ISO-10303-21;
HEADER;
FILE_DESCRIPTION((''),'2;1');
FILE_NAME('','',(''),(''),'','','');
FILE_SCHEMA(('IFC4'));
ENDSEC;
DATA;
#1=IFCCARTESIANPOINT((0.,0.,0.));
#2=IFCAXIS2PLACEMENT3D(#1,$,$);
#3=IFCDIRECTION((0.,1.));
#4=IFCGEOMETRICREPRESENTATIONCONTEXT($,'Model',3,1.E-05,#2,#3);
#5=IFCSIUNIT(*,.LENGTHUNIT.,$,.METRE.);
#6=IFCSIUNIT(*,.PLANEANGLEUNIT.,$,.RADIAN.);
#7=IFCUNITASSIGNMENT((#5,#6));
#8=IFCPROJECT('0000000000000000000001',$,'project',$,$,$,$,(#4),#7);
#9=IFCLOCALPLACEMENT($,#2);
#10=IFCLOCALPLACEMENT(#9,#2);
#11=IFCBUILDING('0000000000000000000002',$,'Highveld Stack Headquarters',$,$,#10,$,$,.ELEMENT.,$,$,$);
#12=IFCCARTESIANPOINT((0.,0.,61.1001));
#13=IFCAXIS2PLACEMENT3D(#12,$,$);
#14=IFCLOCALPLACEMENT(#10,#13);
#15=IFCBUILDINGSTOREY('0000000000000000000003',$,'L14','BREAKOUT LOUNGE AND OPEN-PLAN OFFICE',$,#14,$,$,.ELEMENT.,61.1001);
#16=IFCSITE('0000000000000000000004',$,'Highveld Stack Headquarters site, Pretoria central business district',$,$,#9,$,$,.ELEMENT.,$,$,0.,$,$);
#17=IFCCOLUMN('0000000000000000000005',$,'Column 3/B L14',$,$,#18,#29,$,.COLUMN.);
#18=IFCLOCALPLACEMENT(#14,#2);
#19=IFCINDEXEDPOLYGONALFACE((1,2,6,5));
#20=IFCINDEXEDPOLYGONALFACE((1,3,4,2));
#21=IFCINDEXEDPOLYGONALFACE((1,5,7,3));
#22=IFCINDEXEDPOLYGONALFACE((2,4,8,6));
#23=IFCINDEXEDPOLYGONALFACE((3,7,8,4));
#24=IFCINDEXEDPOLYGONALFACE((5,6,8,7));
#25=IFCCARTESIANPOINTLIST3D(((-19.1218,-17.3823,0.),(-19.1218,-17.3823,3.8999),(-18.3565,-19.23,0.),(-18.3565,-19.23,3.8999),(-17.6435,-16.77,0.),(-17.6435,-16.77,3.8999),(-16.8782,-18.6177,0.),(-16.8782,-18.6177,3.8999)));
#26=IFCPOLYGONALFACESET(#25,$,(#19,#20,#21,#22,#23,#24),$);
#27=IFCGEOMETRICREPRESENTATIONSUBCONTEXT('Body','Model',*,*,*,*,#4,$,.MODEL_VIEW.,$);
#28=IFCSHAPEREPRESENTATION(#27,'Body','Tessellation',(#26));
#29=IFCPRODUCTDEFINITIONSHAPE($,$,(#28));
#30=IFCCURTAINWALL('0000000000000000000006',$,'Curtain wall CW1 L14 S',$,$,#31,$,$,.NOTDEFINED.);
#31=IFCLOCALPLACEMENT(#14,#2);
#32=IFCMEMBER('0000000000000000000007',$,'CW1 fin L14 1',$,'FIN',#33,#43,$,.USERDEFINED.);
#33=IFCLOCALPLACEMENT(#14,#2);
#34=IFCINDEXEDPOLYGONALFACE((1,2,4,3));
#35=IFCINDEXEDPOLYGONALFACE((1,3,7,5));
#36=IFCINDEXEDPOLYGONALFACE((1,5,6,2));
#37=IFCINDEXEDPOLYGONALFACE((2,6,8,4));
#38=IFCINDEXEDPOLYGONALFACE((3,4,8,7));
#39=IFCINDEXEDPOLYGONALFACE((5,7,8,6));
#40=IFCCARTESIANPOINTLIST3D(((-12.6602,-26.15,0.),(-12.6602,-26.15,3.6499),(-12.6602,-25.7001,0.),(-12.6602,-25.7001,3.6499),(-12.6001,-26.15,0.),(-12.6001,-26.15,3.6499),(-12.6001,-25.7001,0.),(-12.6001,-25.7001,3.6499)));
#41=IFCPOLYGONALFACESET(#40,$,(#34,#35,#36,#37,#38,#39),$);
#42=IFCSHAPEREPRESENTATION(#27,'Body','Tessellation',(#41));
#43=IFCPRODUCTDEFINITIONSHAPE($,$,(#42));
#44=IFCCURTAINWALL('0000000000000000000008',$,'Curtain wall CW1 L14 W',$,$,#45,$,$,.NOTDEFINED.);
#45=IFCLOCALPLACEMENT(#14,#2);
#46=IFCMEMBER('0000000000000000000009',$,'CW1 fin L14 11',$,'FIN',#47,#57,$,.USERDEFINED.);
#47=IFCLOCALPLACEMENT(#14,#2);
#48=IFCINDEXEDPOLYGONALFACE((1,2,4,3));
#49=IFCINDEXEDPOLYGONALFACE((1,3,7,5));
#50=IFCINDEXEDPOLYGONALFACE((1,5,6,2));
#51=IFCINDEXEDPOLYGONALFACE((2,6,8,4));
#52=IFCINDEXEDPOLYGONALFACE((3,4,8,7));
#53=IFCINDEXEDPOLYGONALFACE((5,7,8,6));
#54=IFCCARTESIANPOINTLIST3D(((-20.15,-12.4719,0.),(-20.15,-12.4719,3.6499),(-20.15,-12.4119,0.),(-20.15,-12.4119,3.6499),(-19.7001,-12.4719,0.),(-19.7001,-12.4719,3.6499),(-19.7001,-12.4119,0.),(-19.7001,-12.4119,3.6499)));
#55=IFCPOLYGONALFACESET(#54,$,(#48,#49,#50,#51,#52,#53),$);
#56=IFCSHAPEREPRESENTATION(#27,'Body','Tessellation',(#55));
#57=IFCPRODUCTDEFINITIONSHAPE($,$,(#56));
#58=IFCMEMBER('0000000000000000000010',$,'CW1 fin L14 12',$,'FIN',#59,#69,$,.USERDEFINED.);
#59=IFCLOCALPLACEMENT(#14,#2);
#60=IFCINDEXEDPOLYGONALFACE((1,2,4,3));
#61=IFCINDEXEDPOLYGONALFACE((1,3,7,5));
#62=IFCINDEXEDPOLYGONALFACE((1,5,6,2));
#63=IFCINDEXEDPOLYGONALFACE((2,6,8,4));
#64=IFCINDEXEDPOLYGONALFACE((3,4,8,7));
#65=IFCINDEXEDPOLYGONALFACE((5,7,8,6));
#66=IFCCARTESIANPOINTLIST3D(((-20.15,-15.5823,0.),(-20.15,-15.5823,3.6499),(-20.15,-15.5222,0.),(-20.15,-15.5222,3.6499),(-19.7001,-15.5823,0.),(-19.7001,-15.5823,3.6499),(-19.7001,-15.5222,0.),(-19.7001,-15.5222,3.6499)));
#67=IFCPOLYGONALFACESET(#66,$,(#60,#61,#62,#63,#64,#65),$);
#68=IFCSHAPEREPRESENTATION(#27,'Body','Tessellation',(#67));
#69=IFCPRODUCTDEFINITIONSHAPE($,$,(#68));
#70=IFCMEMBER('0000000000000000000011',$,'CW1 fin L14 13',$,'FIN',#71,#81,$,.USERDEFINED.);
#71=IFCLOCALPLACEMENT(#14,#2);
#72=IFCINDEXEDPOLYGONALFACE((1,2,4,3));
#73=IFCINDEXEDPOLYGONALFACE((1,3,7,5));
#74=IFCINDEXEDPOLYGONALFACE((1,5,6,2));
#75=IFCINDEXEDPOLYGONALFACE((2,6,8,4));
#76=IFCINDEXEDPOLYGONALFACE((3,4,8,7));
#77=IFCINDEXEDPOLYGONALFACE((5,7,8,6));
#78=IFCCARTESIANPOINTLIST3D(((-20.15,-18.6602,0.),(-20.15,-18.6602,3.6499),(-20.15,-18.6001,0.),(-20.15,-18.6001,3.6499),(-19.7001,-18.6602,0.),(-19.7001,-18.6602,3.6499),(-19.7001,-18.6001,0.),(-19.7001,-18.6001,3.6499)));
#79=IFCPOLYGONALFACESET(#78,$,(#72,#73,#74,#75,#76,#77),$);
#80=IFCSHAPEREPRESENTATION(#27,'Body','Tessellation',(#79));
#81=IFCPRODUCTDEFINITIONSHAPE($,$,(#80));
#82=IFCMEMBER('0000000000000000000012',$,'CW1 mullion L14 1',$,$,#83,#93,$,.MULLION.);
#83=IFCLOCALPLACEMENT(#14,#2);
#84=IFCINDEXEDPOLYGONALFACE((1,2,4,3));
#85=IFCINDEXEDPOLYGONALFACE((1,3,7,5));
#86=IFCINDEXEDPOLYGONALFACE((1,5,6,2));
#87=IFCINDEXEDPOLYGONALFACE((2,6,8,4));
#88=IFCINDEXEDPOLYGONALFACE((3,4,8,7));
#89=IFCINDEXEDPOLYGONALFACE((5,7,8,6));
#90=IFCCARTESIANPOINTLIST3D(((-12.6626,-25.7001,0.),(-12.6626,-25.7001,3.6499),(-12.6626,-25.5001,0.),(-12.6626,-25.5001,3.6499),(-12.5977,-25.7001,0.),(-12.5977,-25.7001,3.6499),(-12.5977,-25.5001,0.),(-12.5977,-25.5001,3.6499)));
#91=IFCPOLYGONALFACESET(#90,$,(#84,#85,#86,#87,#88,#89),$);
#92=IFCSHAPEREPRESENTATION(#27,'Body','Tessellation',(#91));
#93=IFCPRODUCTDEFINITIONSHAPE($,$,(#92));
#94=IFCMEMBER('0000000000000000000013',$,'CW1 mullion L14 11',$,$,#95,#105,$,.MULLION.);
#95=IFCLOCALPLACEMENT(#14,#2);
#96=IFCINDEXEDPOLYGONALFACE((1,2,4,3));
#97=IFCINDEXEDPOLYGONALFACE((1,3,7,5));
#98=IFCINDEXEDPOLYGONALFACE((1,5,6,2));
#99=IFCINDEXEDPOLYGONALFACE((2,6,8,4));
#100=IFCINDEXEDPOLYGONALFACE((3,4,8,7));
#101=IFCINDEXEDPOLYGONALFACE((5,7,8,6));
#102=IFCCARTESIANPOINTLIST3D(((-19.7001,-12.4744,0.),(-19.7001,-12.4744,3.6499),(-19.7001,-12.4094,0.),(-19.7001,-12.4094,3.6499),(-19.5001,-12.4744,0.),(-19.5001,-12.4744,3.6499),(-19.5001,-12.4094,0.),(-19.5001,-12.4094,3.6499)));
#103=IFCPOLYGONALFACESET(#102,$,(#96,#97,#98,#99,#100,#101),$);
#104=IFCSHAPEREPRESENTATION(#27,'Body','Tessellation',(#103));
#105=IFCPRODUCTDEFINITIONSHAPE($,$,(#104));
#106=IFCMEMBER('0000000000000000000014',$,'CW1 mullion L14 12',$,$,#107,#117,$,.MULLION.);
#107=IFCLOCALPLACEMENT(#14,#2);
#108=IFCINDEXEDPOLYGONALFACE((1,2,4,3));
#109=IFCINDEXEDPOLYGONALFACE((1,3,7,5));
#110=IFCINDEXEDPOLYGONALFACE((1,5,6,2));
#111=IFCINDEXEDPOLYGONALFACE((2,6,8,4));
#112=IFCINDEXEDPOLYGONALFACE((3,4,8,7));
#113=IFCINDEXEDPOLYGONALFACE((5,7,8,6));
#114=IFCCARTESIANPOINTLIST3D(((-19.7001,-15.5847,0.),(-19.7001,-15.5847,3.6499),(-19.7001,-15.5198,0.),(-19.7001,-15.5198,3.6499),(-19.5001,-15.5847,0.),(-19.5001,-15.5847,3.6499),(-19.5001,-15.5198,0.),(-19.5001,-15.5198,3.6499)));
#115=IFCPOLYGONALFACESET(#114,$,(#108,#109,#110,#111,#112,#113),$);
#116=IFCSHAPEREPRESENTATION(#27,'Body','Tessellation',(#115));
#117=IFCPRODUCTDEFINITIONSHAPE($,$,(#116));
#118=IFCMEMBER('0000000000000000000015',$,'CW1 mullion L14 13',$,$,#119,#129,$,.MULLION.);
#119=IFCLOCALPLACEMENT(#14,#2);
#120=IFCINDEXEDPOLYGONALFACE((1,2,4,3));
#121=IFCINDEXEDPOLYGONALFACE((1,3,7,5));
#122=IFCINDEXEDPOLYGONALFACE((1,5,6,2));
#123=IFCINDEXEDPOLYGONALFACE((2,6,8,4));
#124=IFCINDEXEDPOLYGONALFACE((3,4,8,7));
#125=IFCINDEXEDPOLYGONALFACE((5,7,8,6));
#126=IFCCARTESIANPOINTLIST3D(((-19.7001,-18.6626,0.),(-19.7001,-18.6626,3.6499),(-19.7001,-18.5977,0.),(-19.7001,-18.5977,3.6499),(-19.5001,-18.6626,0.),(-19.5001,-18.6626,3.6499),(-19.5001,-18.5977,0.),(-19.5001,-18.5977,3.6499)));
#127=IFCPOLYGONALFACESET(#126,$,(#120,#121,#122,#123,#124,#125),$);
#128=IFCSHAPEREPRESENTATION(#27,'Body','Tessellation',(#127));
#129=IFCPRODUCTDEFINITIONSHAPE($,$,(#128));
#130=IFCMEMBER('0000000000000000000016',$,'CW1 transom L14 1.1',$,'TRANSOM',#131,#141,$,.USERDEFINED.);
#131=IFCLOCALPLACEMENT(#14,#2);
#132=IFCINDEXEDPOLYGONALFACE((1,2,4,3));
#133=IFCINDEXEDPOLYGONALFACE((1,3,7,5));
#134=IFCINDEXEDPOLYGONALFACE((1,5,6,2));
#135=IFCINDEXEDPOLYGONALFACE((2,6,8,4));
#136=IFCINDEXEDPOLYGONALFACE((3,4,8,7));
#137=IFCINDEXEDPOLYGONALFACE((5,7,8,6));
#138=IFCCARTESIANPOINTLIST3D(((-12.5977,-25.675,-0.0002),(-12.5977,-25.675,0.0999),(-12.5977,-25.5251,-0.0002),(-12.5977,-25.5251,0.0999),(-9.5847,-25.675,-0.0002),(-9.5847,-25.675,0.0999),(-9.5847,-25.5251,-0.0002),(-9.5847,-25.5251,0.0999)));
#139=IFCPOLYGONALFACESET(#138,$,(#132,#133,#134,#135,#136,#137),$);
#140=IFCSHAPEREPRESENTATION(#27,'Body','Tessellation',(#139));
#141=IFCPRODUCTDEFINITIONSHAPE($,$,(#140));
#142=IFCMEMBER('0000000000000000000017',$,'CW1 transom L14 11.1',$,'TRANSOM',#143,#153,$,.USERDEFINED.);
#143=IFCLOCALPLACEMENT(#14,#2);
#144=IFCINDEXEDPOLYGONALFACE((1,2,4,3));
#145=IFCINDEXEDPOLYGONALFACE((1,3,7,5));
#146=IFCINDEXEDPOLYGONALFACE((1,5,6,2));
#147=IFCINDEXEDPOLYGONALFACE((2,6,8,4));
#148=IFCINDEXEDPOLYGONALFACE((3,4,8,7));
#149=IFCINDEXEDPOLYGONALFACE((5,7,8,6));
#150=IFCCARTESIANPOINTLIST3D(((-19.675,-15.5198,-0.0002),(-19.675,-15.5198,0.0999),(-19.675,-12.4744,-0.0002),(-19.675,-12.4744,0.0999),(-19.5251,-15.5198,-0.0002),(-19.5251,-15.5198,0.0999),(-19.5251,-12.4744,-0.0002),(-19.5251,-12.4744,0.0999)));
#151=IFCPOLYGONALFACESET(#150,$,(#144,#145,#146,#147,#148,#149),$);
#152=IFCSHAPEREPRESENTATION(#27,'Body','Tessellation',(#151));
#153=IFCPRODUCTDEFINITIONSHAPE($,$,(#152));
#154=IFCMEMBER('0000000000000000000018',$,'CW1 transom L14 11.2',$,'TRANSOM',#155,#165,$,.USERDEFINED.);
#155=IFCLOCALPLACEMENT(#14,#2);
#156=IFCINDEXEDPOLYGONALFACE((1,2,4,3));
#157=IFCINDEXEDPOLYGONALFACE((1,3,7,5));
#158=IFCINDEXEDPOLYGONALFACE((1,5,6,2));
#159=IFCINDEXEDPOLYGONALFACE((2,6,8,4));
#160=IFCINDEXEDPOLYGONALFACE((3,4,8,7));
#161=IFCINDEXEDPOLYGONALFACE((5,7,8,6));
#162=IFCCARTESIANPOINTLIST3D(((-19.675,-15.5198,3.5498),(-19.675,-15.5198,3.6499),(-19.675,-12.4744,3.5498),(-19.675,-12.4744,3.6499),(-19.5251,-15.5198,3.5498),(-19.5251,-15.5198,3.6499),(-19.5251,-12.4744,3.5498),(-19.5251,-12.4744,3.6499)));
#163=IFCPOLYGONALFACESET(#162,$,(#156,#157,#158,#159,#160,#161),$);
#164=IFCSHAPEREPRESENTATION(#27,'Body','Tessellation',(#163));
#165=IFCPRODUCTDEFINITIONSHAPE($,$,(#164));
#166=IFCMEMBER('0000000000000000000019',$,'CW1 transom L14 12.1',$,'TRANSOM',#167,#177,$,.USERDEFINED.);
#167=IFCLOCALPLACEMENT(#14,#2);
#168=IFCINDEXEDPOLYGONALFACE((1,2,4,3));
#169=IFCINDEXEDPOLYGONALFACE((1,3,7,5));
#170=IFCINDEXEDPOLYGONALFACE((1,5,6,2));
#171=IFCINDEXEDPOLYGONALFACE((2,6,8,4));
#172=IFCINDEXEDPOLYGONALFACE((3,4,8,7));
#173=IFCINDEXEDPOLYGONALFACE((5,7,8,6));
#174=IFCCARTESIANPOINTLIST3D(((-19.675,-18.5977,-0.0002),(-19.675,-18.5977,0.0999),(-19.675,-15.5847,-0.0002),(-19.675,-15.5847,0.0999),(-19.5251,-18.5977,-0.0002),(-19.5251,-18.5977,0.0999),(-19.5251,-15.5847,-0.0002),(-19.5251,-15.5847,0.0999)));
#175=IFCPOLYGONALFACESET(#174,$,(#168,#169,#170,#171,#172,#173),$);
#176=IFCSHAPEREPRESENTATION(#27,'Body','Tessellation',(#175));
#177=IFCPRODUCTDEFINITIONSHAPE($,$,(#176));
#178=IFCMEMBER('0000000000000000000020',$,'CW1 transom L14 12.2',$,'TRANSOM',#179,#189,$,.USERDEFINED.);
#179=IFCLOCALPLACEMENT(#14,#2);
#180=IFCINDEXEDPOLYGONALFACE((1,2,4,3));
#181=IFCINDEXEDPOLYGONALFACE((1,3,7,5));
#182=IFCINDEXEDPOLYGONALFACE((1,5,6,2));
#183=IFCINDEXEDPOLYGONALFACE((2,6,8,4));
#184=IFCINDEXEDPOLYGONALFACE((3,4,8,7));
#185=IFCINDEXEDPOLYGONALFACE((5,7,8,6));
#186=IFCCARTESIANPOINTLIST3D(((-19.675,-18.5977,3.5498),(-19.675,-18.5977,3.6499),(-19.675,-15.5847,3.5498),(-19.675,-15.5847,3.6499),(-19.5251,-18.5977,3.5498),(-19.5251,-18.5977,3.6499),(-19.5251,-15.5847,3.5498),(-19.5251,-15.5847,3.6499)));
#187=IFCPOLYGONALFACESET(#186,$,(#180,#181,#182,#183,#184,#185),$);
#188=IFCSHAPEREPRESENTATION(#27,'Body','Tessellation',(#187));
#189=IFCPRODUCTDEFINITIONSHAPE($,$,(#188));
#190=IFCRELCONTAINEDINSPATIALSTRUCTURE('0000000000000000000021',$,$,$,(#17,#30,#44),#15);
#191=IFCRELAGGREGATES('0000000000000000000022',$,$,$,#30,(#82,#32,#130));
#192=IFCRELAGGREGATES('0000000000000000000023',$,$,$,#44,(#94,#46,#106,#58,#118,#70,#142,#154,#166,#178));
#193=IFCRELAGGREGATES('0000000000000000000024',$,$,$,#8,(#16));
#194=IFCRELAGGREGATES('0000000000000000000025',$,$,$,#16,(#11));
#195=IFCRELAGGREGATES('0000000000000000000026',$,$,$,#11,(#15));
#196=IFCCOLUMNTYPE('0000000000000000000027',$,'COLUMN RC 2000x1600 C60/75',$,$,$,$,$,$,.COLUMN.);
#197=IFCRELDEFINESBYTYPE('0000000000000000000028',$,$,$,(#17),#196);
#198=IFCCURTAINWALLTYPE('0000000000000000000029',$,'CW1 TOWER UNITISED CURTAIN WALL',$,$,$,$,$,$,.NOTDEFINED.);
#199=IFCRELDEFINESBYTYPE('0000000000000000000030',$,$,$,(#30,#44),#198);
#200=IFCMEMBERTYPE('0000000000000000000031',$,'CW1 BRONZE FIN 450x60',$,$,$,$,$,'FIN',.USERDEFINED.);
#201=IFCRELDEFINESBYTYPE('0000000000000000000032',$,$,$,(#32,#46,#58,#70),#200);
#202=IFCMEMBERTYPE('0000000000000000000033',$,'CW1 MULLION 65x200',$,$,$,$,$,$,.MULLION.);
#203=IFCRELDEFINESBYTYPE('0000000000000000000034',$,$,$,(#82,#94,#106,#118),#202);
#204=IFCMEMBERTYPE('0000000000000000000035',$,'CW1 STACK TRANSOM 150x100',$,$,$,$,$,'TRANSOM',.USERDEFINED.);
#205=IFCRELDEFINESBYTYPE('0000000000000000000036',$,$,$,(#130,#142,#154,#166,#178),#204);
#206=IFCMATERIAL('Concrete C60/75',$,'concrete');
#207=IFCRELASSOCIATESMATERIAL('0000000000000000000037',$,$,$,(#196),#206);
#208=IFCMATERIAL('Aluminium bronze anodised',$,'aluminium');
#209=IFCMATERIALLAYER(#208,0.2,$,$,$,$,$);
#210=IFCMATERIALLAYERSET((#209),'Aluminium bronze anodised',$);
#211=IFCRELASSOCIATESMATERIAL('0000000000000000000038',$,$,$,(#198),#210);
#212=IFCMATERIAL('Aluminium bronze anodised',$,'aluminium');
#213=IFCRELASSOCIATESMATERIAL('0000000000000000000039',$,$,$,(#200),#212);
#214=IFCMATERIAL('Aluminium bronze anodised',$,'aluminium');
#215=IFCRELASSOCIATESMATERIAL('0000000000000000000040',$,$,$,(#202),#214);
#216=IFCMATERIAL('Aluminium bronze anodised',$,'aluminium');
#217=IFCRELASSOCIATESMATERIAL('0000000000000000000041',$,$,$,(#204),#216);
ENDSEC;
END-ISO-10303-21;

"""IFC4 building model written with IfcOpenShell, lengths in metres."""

from ifc_helpers import new_model, si_unit, direction, frame, origin, origin_2d, place, context, subcontext, project, spatial, rectangle, extrude, material, layer, layer_set, material_profile, profile_set, type_object, element, aggregate, save


model = new_model("IFC4")

# Units and contexts
model_context = context("Model", 3, precision=1e-05, world=origin(), true_north=direction((0.0, 1.0)))
body_context = subcontext(model_context, "Body", "Model", "MODEL_VIEW")
ifc_project = project(units=[si_unit("LENGTHUNIT", "METRE"), si_unit("PLANEANGLEUNIT", "RADIAN")], contexts=[model_context])

# Site, building, storey
site_placement = place(None, origin())
site = spatial("IfcSite", under=ifc_project, at=site_placement, Name="Highveld Stack Headquarters site, Pretoria central business district", CompositionType="ELEMENT", RefElevation=0.0)
building_placement = place(site_placement, origin())
building = spatial("IfcBuilding", under=site, at=building_placement, Name="Highveld Stack Headquarters", CompositionType="ELEMENT")
storey_placement = place(building_placement, frame((0.0, 0.0, 61.1001)))
storey = spatial("IfcBuildingStorey", under=building, at=storey_placement, Name="L14", Description="BREAKOUT LOUNGE AND OPEN-PLAN OFFICE", CompositionType="ELEMENT", Elevation=61.1001)

# Column
ifc_material_1 = material(Name="Concrete C60/75", Category="concrete")
ifc_material_profile_1 = material_profile(ifc_material_1, rectangle(XDim=2.0, YDim=1.6001, at=origin_2d()), Name="RC 2000x1600")
ifc_profile_set_1 = profile_set([ifc_material_profile_1], Name="Concrete C60/75")
column_type = type_object("IfcColumnType", Name="COLUMN RC 2000x1600 C60/75", PredefinedType="COLUMN", material=ifc_profile_set_1)
column_placement = place(storey_placement, frame((-18.0, -18.0, 0.0), z_axis=(0.0, 0.0, 1.0), x_axis=(-0.382683, 0.92388, 0.0)))
element("IfcColumn", 1, at=column_placement, inside=storey, type_object=column_type, Name="Column 3/B L14", PredefinedType="COLUMN", context=body_context, shape_type="SweptSolid", body=[
    extrude(rectangle(XDim=2.0, YDim=1.6001, at=origin_2d()), origin(), (0.0, 0.0, 1.0), 3.8999),
])

# Curtain wall, member
ifc_material_2 = material(Name="Aluminium bronze anodised", Category="aluminium")
ifc_layer_1 = layer(ifc_material_2, 0.2)
ifc_layer_set_1 = layer_set([ifc_layer_1], Name="Aluminium bronze anodised")
curtain_wall_type_1 = type_object("IfcCurtainWallType", Name="CW1 TOWER UNITISED CURTAIN WALL", PredefinedType="NOTDEFINED", material=ifc_layer_set_1)
curtain_wall_1_placement = place(storey_placement, origin())
curtain_wall_1 = element("IfcCurtainWall", 2, at=curtain_wall_1_placement, inside=storey, type_object=curtain_wall_type_1, Name="Curtain wall CW1 L14 S", PredefinedType="NOTDEFINED")
ifc_material_3 = material(Name="Aluminium bronze anodised", Category="aluminium")
ifc_material_profile_2 = material_profile(ifc_material_3, rectangle(XDim=0.45, YDim=0.0601, at=origin_2d()), Name="FIN 450x60")
ifc_profile_set_2 = profile_set([ifc_material_profile_2], Name="Aluminium bronze anodised")
member_type_1 = type_object("IfcMemberType", Name="CW1 BRONZE FIN 450x60", ElementType="FIN", PredefinedType="USERDEFINED", material=ifc_profile_set_2)
member_1_placement = place(storey_placement, frame((-12.6301, -25.925, 0.0), z_axis=(0.0, 0.0, 1.0), x_axis=(0.0, 1.0, 0.0)))
member_1 = element("IfcMember", 3, at=member_1_placement, type_object=member_type_1, Name="CW1 fin L14 1", ObjectType="FIN", PredefinedType="USERDEFINED", context=body_context, shape_type="SweptSolid", body=[
    extrude(rectangle(XDim=0.45, YDim=0.0601, at=origin_2d()), origin(), (0.0, 0.0, 1.0), 3.6499),
])

# Curtain wall, members
curtain_wall_2_placement = place(storey_placement, origin())
curtain_wall_2 = element("IfcCurtainWall", 4, at=curtain_wall_2_placement, inside=storey, type_object=curtain_wall_type_1, Name="Curtain wall CW1 L14 W", PredefinedType="NOTDEFINED")
member_2_placement = place(storey_placement, frame((-19.925, -12.4419, 0.0), z_axis=(0.0, 0.0, 1.0), x_axis=(1.0, 0.0, 0.0)))
member_2 = element("IfcMember", 5, at=member_2_placement, type_object=member_type_1, Name="CW1 fin L14 11", ObjectType="FIN", PredefinedType="USERDEFINED", context=body_context, shape_type="SweptSolid", body=[
    extrude(rectangle(XDim=0.45, YDim=0.0601, at=origin_2d()), origin(), (0.0, 0.0, 1.0), 3.6499),
])
member_3_placement = place(storey_placement, frame((-19.925, -15.5522, 0.0), z_axis=(0.0, 0.0, 1.0), x_axis=(1.0, 0.0, 0.0)))
member_3 = element("IfcMember", 6, at=member_3_placement, type_object=member_type_1, Name="CW1 fin L14 12", ObjectType="FIN", PredefinedType="USERDEFINED", context=body_context, shape_type="SweptSolid", body=[
    extrude(rectangle(XDim=0.45, YDim=0.0601, at=origin_2d()), origin(), (0.0, 0.0, 1.0), 3.6499),
])
member_4_placement = place(storey_placement, frame((-19.925, -18.6301, 0.0), z_axis=(0.0, 0.0, 1.0), x_axis=(1.0, 0.0, 0.0)))
member_4 = element("IfcMember", 7, at=member_4_placement, type_object=member_type_1, Name="CW1 fin L14 13", ObjectType="FIN", PredefinedType="USERDEFINED", context=body_context, shape_type="SweptSolid", body=[
    extrude(rectangle(XDim=0.45, YDim=0.0601, at=origin_2d()), origin(), (0.0, 0.0, 1.0), 3.6499),
])

# Members
ifc_material_4 = material(Name="Aluminium bronze anodised", Category="aluminium")
ifc_material_profile_3 = material_profile(ifc_material_4, rectangle(XDim=0.2, YDim=0.0649, at=origin_2d()), Name="CW1 MULLION 65x200")
ifc_profile_set_3 = profile_set([ifc_material_profile_3], Name="Aluminium bronze anodised")
member_type_2 = type_object("IfcMemberType", Name="CW1 MULLION 65x200", PredefinedType="MULLION", material=ifc_profile_set_3)
member_5_placement = place(storey_placement, frame((-12.6301, -25.6001, 0.0), z_axis=(0.0, 0.0, 1.0), x_axis=(0.0, 1.0, 0.0)))
member_5 = element("IfcMember", 8, at=member_5_placement, type_object=member_type_2, Name="CW1 mullion L14 1", PredefinedType="MULLION", context=body_context, shape_type="SweptSolid", body=[
    extrude(rectangle(XDim=0.2, YDim=0.0649, at=origin_2d()), origin(), (0.0, 0.0, 1.0), 3.6499),
])
member_6_placement = place(storey_placement, frame((-19.6001, -12.4419, 0.0), z_axis=(0.0, 0.0, 1.0), x_axis=(1.0, 0.0, 0.0)))
member_6 = element("IfcMember", 9, at=member_6_placement, type_object=member_type_2, Name="CW1 mullion L14 11", PredefinedType="MULLION", context=body_context, shape_type="SweptSolid", body=[
    extrude(rectangle(XDim=0.2, YDim=0.0649, at=origin_2d()), origin(), (0.0, 0.0, 1.0), 3.6499),
])
member_7_placement = place(storey_placement, frame((-19.6001, -15.5522, 0.0), z_axis=(0.0, 0.0, 1.0), x_axis=(1.0, 0.0, 0.0)))
member_7 = element("IfcMember", 10, at=member_7_placement, type_object=member_type_2, Name="CW1 mullion L14 12", PredefinedType="MULLION", context=body_context, shape_type="SweptSolid", body=[
    extrude(rectangle(XDim=0.2, YDim=0.0649, at=origin_2d()), origin(), (0.0, 0.0, 1.0), 3.6499),
])
member_8_placement = place(storey_placement, frame((-19.6001, -18.6301, 0.0), z_axis=(0.0, 0.0, 1.0), x_axis=(1.0, 0.0, 0.0)))
member_8 = element("IfcMember", 11, at=member_8_placement, type_object=member_type_2, Name="CW1 mullion L14 13", PredefinedType="MULLION", context=body_context, shape_type="SweptSolid", body=[
    extrude(rectangle(XDim=0.2, YDim=0.0649, at=origin_2d()), origin(), (0.0, 0.0, 1.0), 3.6499),
])
ifc_material_5 = material(Name="Aluminium bronze anodised", Category="aluminium")
ifc_material_profile_4 = material_profile(ifc_material_5, rectangle(XDim=0.1499, YDim=0.1001, at=origin_2d()), Name="CW1 TRANSOM 150x100")
ifc_profile_set_4 = profile_set([ifc_material_profile_4], Name="Aluminium bronze anodised")
member_type_3 = type_object("IfcMemberType", Name="CW1 STACK TRANSOM 150x100", ElementType="TRANSOM", PredefinedType="USERDEFINED", material=ifc_profile_set_4)
member_9_placement = place(storey_placement, frame((-12.5977, -25.6001, 0.0498), z_axis=(1.0, 0.0, 0.0), x_axis=(0.0, 1.0, 0.0)))
member_9 = element("IfcMember", 12, at=member_9_placement, type_object=member_type_3, Name="CW1 transom L14 1.1", ObjectType="TRANSOM", PredefinedType="USERDEFINED", context=body_context, shape_type="SweptSolid", body=[
    extrude(rectangle(XDim=0.1499, YDim=0.1001, at=origin_2d()), origin(), (0.0, 0.0, 1.0), 3.0129),
])
aggregate(curtain_wall_1, [member_5, member_1, member_9])
member_10_placement = place(storey_placement, frame((-19.6001, -12.4744, 0.0498), z_axis=(0.0, -1.0, 0.0), x_axis=(1.0, 0.0, 0.0)))
member_10 = element("IfcMember", 13, at=member_10_placement, type_object=member_type_3, Name="CW1 transom L14 11.1", ObjectType="TRANSOM", PredefinedType="USERDEFINED", context=body_context, shape_type="SweptSolid", body=[
    extrude(rectangle(XDim=0.1499, YDim=0.1001, at=origin_2d()), origin(), (0.0, 0.0, 1.0), 3.0454),
])
member_11_placement = place(storey_placement, frame((-19.6001, -12.4744, 3.5999), z_axis=(0.0, -1.0, 0.0), x_axis=(1.0, 0.0, 0.0)))
member_11 = element("IfcMember", 14, at=member_11_placement, type_object=member_type_3, Name="CW1 transom L14 11.2", ObjectType="TRANSOM", PredefinedType="USERDEFINED", context=body_context, shape_type="SweptSolid", body=[
    extrude(rectangle(XDim=0.1499, YDim=0.1001, at=origin_2d()), origin(), (0.0, 0.0, 1.0), 3.0454),
])
member_12_placement = place(storey_placement, frame((-19.6001, -15.5847, 0.0498), z_axis=(0.0, -1.0, 0.0), x_axis=(1.0, 0.0, 0.0)))
member_12 = element("IfcMember", 15, at=member_12_placement, type_object=member_type_3, Name="CW1 transom L14 12.1", ObjectType="TRANSOM", PredefinedType="USERDEFINED", context=body_context, shape_type="SweptSolid", body=[
    extrude(rectangle(XDim=0.1499, YDim=0.1001, at=origin_2d()), origin(), (0.0, 0.0, 1.0), 3.0129),
])
member_13_placement = place(storey_placement, frame((-19.6001, -15.5847, 3.5999), z_axis=(0.0, -1.0, 0.0), x_axis=(1.0, 0.0, 0.0)))
member_13 = element("IfcMember", 16, at=member_13_placement, type_object=member_type_3, Name="CW1 transom L14 12.2", ObjectType="TRANSOM", PredefinedType="USERDEFINED", context=body_context, shape_type="SweptSolid", body=[
    extrude(rectangle(XDim=0.1499, YDim=0.1001, at=origin_2d()), origin(), (0.0, 0.0, 1.0), 3.0129),
])

aggregate(curtain_wall_2, [member_6, member_2, member_7, member_3, member_8, member_4, member_10, member_11, member_12, member_13])

save(model, "model.ifc")
